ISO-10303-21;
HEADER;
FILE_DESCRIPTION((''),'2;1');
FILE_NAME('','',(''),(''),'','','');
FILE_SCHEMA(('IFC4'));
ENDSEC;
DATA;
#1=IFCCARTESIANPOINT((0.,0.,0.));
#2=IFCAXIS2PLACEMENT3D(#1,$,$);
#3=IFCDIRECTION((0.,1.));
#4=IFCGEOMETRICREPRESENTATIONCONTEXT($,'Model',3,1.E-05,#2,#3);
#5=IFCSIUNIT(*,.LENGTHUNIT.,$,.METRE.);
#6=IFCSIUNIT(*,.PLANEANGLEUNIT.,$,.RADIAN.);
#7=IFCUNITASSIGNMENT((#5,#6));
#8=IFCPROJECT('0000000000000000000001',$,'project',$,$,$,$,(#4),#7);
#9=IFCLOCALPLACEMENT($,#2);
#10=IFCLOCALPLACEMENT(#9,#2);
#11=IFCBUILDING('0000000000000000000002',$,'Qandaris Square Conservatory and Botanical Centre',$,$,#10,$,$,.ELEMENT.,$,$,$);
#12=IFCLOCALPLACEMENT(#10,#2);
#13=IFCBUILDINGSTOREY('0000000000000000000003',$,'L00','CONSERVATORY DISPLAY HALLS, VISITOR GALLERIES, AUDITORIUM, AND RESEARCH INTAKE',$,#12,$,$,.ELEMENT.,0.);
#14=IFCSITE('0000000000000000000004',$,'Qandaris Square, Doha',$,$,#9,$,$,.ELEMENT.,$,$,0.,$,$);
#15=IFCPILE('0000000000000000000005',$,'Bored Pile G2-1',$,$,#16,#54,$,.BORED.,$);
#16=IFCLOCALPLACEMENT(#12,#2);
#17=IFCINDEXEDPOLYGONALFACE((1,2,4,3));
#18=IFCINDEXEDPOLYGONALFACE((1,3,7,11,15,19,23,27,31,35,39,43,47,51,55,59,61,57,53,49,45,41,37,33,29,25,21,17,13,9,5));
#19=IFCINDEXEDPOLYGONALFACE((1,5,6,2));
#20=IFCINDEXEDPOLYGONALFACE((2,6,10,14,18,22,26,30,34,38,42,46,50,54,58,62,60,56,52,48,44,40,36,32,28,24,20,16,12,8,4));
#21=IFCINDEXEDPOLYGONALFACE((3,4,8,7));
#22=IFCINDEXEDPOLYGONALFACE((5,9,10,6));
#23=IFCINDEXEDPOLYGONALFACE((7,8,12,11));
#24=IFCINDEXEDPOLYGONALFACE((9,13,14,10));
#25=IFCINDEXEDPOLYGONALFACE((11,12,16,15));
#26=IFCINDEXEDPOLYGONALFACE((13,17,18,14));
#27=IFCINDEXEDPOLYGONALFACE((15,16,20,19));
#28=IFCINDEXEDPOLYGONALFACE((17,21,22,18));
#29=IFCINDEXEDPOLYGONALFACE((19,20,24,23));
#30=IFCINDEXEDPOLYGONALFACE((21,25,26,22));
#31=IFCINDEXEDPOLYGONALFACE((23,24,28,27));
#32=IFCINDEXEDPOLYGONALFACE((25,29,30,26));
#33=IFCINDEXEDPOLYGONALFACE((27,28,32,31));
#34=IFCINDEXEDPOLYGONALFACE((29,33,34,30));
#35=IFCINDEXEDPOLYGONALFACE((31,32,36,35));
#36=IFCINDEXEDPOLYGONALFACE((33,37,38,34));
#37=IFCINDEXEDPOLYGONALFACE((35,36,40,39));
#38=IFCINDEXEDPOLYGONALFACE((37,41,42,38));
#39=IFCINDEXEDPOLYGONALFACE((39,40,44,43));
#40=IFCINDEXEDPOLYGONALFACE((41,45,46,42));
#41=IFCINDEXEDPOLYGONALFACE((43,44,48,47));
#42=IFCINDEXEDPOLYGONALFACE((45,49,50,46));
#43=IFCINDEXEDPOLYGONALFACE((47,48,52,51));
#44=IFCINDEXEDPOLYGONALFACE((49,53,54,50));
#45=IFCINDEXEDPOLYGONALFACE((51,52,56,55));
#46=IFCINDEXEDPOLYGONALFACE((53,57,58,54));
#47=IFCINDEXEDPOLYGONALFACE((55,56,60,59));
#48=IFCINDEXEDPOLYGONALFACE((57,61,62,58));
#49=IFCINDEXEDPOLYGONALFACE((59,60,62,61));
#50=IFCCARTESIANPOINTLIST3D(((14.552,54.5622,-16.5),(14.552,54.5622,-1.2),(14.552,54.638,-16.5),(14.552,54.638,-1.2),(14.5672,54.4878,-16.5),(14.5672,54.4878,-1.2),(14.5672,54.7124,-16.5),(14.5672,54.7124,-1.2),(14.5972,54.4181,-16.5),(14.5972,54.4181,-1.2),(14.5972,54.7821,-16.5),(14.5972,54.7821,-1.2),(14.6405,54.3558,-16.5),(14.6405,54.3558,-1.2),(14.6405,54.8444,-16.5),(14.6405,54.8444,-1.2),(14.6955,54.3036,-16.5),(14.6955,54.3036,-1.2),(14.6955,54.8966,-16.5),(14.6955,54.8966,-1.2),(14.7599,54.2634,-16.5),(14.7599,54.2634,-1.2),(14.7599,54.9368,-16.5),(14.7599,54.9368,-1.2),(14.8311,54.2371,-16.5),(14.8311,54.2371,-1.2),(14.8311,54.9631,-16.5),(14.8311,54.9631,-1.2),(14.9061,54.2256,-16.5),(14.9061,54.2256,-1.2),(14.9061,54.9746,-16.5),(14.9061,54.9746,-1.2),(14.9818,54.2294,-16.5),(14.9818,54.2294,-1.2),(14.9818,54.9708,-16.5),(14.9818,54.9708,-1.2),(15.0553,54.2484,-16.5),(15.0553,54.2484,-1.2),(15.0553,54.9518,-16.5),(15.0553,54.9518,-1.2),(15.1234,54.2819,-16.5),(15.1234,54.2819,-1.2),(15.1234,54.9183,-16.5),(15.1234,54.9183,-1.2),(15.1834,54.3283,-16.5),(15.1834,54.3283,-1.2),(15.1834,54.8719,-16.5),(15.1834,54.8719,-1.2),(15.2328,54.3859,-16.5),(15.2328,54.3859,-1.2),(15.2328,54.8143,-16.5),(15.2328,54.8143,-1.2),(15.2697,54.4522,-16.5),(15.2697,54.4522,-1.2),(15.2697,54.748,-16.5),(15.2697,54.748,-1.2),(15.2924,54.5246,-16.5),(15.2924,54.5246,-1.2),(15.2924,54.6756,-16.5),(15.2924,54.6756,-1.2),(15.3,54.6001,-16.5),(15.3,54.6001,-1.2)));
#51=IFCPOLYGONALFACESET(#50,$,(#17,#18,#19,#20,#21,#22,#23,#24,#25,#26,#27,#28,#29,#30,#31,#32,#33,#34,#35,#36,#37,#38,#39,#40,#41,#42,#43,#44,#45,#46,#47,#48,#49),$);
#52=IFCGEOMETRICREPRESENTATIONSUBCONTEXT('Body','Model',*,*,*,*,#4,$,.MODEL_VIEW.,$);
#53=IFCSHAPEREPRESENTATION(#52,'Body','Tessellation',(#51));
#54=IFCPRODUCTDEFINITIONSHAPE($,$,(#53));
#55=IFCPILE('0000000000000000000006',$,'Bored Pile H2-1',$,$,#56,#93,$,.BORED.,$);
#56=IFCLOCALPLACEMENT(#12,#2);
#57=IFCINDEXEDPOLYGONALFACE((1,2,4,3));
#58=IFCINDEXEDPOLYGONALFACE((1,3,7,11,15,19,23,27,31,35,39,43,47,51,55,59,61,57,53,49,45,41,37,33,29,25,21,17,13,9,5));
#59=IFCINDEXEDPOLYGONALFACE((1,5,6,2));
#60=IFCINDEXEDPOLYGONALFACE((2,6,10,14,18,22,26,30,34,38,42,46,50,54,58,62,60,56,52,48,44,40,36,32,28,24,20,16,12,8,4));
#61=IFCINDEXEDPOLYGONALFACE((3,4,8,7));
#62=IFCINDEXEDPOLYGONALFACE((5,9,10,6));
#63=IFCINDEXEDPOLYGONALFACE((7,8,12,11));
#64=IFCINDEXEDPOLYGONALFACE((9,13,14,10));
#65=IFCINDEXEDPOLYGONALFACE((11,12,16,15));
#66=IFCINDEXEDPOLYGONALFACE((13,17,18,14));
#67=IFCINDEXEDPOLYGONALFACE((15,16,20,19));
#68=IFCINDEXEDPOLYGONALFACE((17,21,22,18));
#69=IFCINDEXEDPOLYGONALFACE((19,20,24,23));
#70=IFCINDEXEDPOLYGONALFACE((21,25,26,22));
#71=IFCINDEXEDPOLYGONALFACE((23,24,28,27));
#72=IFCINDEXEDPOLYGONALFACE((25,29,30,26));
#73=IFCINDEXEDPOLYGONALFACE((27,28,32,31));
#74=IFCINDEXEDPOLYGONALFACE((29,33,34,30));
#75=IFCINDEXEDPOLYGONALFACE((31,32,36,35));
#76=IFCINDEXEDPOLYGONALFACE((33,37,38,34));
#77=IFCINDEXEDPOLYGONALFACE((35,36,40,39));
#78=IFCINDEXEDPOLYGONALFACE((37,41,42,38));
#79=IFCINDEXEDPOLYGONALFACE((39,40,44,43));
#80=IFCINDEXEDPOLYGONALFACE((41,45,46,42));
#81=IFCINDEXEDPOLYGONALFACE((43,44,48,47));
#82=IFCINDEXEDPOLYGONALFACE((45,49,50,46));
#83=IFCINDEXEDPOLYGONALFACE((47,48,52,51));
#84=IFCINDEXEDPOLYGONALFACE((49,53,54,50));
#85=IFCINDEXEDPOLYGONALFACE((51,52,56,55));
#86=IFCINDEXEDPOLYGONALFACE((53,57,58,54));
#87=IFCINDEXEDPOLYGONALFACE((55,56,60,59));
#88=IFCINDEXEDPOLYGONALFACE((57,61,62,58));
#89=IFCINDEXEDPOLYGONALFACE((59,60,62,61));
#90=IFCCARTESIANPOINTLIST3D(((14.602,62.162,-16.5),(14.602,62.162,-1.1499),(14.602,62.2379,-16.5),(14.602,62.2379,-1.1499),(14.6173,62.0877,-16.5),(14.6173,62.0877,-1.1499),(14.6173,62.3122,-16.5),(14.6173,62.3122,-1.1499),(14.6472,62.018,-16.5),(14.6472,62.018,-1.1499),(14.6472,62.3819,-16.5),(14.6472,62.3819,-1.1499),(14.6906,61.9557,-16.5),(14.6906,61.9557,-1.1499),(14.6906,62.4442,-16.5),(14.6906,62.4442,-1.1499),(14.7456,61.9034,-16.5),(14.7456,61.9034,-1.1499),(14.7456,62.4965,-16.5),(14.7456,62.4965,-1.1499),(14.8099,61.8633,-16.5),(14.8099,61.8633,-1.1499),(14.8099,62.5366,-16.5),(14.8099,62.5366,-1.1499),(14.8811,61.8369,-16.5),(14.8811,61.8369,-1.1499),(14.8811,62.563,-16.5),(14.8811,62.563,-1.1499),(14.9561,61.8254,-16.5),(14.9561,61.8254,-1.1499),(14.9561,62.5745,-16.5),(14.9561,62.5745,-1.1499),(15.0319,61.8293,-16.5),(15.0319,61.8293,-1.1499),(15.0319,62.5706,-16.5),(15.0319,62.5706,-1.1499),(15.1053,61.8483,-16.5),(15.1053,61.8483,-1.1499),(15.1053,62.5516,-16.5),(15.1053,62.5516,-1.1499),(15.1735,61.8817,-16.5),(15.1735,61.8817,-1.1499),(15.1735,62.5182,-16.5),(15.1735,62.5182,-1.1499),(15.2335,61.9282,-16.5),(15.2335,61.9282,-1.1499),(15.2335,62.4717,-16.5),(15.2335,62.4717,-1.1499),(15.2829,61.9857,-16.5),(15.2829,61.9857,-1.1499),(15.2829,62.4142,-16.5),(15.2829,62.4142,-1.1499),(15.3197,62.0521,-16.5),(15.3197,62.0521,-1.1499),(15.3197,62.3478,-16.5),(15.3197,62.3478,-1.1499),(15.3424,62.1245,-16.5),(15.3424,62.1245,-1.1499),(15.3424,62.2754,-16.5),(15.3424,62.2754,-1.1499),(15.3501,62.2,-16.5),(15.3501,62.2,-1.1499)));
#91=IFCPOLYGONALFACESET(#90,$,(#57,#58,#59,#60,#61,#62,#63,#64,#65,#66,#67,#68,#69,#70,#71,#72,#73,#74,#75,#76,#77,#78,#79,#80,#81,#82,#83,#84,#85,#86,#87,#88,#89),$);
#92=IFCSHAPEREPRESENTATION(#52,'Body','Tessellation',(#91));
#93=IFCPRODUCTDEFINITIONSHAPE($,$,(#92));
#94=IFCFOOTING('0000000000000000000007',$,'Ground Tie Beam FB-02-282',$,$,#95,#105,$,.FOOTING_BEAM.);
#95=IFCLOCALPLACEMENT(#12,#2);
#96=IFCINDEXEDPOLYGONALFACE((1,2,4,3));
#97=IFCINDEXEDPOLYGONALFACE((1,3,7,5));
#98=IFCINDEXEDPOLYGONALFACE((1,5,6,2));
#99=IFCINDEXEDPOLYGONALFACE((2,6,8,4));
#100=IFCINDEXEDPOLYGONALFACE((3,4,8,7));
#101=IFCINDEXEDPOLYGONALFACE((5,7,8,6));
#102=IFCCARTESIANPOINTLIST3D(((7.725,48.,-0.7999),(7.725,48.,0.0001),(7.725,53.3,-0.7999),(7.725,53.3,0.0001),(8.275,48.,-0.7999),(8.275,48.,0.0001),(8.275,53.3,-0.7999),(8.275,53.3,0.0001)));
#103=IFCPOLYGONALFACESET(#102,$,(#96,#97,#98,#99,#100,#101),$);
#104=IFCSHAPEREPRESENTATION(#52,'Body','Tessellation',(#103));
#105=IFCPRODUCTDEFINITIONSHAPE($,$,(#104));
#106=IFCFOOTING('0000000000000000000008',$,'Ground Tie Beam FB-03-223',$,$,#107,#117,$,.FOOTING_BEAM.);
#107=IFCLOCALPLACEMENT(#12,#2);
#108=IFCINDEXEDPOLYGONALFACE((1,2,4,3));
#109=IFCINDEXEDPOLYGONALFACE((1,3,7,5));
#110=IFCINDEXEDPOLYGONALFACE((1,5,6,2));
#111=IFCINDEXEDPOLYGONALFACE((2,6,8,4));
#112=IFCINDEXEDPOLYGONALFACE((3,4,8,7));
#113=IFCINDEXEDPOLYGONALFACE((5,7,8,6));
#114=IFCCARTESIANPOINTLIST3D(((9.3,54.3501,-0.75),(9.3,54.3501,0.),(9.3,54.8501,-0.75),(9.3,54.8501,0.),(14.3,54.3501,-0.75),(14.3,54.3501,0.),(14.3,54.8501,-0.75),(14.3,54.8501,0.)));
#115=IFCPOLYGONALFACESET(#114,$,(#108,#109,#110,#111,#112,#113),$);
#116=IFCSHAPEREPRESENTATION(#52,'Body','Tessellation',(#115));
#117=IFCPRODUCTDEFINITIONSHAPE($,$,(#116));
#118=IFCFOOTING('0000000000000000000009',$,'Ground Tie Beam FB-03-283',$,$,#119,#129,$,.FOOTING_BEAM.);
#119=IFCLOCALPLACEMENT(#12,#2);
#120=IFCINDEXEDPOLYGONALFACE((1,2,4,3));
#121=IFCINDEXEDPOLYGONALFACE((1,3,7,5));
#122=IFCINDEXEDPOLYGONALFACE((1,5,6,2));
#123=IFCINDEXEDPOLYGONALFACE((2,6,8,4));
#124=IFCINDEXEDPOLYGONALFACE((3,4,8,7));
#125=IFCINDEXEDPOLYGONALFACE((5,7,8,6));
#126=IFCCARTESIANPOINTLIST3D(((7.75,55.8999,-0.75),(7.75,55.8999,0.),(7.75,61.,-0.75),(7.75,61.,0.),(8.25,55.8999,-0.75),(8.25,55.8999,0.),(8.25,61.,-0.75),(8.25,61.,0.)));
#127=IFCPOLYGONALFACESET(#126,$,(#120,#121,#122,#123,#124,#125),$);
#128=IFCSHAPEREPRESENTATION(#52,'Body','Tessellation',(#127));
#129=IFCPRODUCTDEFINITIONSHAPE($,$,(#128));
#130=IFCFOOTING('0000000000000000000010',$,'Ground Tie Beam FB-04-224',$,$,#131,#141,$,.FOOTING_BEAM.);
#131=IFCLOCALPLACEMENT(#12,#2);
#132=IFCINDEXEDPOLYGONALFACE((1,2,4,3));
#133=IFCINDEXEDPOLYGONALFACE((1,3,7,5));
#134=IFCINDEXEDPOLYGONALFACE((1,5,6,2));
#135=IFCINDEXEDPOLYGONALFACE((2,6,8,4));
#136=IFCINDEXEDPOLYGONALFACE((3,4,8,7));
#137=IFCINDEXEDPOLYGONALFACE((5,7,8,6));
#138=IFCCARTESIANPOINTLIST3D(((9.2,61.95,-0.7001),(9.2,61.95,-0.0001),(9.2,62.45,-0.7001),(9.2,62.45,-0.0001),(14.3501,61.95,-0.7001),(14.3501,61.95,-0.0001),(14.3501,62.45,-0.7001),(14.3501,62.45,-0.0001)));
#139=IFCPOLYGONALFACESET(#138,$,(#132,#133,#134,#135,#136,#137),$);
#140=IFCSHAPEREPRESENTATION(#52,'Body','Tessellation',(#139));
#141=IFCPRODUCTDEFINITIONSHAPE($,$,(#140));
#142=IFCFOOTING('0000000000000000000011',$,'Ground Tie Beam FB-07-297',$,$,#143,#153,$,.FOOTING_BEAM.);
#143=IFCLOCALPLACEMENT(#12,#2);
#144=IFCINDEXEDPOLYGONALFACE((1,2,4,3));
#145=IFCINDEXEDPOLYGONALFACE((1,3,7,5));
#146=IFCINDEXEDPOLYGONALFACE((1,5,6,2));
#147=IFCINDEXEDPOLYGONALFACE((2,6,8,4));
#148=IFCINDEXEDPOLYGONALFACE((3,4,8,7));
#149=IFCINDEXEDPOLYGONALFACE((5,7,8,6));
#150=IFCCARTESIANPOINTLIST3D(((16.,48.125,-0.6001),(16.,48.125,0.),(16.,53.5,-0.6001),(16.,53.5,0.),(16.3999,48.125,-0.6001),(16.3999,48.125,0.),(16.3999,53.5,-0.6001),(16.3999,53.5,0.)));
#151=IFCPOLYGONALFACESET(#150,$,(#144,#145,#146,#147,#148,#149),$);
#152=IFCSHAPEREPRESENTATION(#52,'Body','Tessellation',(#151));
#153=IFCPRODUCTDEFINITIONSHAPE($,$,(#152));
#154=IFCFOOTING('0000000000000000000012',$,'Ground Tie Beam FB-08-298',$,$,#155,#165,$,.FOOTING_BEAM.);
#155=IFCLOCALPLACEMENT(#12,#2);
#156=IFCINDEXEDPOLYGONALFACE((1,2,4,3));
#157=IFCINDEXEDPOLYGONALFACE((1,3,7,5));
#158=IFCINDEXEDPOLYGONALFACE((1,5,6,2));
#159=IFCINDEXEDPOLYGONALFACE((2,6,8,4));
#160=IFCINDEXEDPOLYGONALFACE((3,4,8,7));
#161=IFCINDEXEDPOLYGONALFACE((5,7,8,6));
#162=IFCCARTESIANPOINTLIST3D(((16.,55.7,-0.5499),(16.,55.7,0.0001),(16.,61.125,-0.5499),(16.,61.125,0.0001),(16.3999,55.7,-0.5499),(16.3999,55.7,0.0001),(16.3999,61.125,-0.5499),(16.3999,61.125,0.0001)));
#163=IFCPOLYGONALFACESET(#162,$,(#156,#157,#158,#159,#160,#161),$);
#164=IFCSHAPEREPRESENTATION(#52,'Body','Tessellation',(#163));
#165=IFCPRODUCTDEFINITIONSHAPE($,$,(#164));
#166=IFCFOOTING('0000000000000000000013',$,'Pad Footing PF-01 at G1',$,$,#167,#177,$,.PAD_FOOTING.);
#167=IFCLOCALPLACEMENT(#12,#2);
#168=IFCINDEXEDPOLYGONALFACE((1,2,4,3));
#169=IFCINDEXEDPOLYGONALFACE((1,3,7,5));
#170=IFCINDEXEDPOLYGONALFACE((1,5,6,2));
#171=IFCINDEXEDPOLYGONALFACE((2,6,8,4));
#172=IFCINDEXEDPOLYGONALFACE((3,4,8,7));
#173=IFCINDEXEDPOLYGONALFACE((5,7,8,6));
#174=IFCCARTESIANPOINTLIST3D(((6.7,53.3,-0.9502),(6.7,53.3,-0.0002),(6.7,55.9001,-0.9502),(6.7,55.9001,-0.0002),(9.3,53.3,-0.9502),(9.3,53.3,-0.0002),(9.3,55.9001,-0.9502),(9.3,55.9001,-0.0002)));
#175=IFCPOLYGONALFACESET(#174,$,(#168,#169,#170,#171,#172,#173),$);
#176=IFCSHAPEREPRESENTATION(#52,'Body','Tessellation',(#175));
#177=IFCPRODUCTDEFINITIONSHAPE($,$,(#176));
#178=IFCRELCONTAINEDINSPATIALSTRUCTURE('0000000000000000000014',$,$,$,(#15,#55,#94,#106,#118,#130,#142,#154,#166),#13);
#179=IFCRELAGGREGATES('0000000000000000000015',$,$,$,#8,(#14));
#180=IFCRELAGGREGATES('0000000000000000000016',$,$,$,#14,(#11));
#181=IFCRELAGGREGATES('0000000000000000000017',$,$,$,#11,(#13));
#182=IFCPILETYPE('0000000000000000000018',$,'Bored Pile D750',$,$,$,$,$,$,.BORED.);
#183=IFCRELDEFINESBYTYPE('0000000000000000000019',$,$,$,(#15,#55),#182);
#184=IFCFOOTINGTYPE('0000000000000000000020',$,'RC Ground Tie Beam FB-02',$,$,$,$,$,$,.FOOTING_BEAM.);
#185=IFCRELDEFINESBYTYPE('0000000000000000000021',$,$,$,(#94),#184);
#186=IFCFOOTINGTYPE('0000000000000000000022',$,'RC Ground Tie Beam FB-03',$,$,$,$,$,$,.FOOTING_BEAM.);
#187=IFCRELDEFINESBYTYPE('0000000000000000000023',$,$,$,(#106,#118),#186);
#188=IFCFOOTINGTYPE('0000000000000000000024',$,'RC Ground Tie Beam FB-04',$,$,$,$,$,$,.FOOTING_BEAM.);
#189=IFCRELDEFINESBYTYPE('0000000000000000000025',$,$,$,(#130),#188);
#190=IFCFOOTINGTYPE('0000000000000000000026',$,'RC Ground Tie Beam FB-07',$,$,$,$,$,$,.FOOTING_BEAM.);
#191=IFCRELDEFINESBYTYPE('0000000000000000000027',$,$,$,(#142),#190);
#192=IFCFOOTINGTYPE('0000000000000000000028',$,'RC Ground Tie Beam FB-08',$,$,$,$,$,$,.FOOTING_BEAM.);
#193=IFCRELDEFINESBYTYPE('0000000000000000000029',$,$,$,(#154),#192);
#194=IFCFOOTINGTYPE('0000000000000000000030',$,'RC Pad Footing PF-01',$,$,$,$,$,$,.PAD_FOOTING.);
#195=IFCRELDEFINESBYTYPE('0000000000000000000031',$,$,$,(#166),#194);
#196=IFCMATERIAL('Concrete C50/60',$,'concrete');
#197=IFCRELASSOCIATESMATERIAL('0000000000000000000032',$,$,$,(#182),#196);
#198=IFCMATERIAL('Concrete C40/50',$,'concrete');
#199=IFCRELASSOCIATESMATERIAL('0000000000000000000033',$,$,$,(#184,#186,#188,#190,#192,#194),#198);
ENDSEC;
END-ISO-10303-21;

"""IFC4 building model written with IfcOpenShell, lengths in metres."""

from ifc_helpers import new_model, si_unit, direction, frame, origin, origin_2d, place, context, subcontext, project, spatial, rectangle, circle, extrude, material, material_profile, profile_set, type_object, element, save


model = new_model("IFC4")

# Units and contexts
model_context = context("Model", 3, precision=1e-05, world=origin(), true_north=direction((0.0, 1.0)))
body_context = subcontext(model_context, "Body", "Model", "MODEL_VIEW")
ifc_project = project(units=[si_unit("LENGTHUNIT", "METRE"), si_unit("PLANEANGLEUNIT", "RADIAN")], contexts=[model_context])

# Site, building, storey
site_placement = place(None, origin())
site = spatial("IfcSite", under=ifc_project, at=site_placement, Name="Qandaris Square, Doha", CompositionType="ELEMENT", RefElevation=0.0)
building_placement = place(site_placement, origin())
building = spatial("IfcBuilding", under=site, at=building_placement, Name="Qandaris Square Conservatory and Botanical Centre", CompositionType="ELEMENT")
storey_placement = place(building_placement, origin())
storey = spatial("IfcBuildingStorey", under=building, at=storey_placement, Name="L00", Description="CONSERVATORY DISPLAY HALLS, VISITOR GALLERIES, AUDITORIUM, AND RESEARCH INTAKE", CompositionType="ELEMENT", Elevation=0.0)

# Piles
ifc_material_1 = material(Name="Concrete C50/60", Category="concrete")
ifc_material_profile_1 = material_profile(ifc_material_1, circle(Radius=0.375, at=origin_2d()), Name="PILE D750")
ifc_profile_set_1 = profile_set([ifc_material_profile_1], Name="Concrete C50/60")
pile_type = type_object("IfcPileType", Name="Bored Pile D750", PredefinedType="BORED", material=ifc_profile_set_1)
pile_1_placement = place(storey_placement, frame((14.925, 54.6001, -1.2), z_axis=(0.0, 0.0, -1.0), x_axis=(1.0, 0.0, 0.0)))
element("IfcPile", 1, at=pile_1_placement, inside=storey, type_object=pile_type, Name="Bored Pile G2-1", PredefinedType="BORED", context=body_context, shape_type="SweptSolid", body=[
    extrude(circle(Radius=0.375, at=origin_2d()), origin(), (0.0, 0.0, 1.0), 15.3),
])
pile_2_placement = place(storey_placement, frame((14.9751, 62.2, -1.1499), z_axis=(0.0, 0.0, -1.0), x_axis=(1.0, 0.0, 0.0)))
element("IfcPile", 2, at=pile_2_placement, inside=storey, type_object=pile_type, Name="Bored Pile H2-1", PredefinedType="BORED", context=body_context, shape_type="SweptSolid", body=[
    extrude(circle(Radius=0.375, at=origin_2d()), origin(), (0.0, 0.0, 1.0), 15.3501),
])

# Footings
ifc_material_2 = material(Name="Concrete C40/50", Category="concrete")
ifc_material_profile_2 = material_profile(ifc_material_2, rectangle(XDim=0.55, YDim=0.8, at=origin_2d()), Name="FB 550x800")
ifc_profile_set_2 = profile_set([ifc_material_profile_2], Name="Concrete C40/50")
footing_type_1 = type_object("IfcFootingType", Name="RC Ground Tie Beam FB-02", PredefinedType="FOOTING_BEAM", material=ifc_profile_set_2)
footing_1_placement = place(storey_placement, frame((8.0, 48.0, -0.3999), z_axis=(0.0, 1.0, 0.0), x_axis=(-1.0, 0.0, 0.0)))
element("IfcFooting", 3, at=footing_1_placement, inside=storey, type_object=footing_type_1, Name="Ground Tie Beam FB-02-282", PredefinedType="FOOTING_BEAM", context=body_context, shape_type="SweptSolid", body=[
    extrude(rectangle(XDim=0.55, YDim=0.8, at=origin_2d()), origin(), (0.0, 0.0, 1.0), 5.3),
])
ifc_material_profile_3 = material_profile(ifc_material_2, rectangle(XDim=0.5, YDim=0.75, at=origin_2d()), Name="FB 500x750")
ifc_profile_set_3 = profile_set([ifc_material_profile_3], Name="Concrete C40/50")
footing_type_2 = type_object("IfcFootingType", Name="RC Ground Tie Beam FB-03", PredefinedType="FOOTING_BEAM", material=ifc_profile_set_3)
footing_2_placement = place(storey_placement, frame((9.3, 54.6001, -0.375), z_axis=(1.0, 0.0, 0.0), x_axis=(0.0, 1.0, 0.0)))
element("IfcFooting", 4, at=footing_2_placement, inside=storey, type_object=footing_type_2, Name="Ground Tie Beam FB-03-223", PredefinedType="FOOTING_BEAM", context=body_context, shape_type="SweptSolid", body=[
    extrude(rectangle(XDim=0.5, YDim=0.75, at=origin_2d()), origin(), (0.0, 0.0, 1.0), 5.0),
])
footing_3_placement = place(storey_placement, frame((8.0, 55.8999, -0.375), z_axis=(0.0, 1.0, 0.0), x_axis=(-1.0, 0.0, 0.0)))
element("IfcFooting", 5, at=footing_3_placement, inside=storey, type_object=footing_type_2, Name="Ground Tie Beam FB-03-283", PredefinedType="FOOTING_BEAM", context=body_context, shape_type="SweptSolid", body=[
    extrude(rectangle(XDim=0.5, YDim=0.75, at=origin_2d()), origin(), (0.0, 0.0, 1.0), 5.1001),
])
ifc_material_profile_4 = material_profile(ifc_material_2, rectangle(XDim=0.5, YDim=0.7, at=origin_2d()), Name="FB 500x700")
ifc_profile_set_4 = profile_set([ifc_material_profile_4], Name="Concrete C40/50")
footing_type_3 = type_object("IfcFootingType", Name="RC Ground Tie Beam FB-04", PredefinedType="FOOTING_BEAM", material=ifc_profile_set_4)
footing_4_placement = place(storey_placement, frame((9.2, 62.2, -0.3501), z_axis=(1.0, 0.0, 0.0), x_axis=(0.0, 1.0, 0.0)))
element("IfcFooting", 6, at=footing_4_placement, inside=storey, type_object=footing_type_3, Name="Ground Tie Beam FB-04-224", PredefinedType="FOOTING_BEAM", context=body_context, shape_type="SweptSolid", body=[
    extrude(rectangle(XDim=0.5, YDim=0.7, at=origin_2d()), origin(), (0.0, 0.0, 1.0), 5.1501),
])
ifc_material_profile_5 = material_profile(ifc_material_2, rectangle(XDim=0.3999, YDim=0.6001, at=origin_2d()), Name="FB 400x600")
ifc_profile_set_5 = profile_set([ifc_material_profile_5], Name="Concrete C40/50")
footing_type_4 = type_object("IfcFootingType", Name="RC Ground Tie Beam FB-07", PredefinedType="FOOTING_BEAM", material=ifc_profile_set_5)
footing_5_placement = place(storey_placement, frame((16.2, 48.125, -0.3), z_axis=(0.0, 1.0, 0.0), x_axis=(-1.0, 0.0, 0.0)))
element("IfcFooting", 7, at=footing_5_placement, inside=storey, type_object=footing_type_4, Name="Ground Tie Beam FB-07-297", PredefinedType="FOOTING_BEAM", context=body_context, shape_type="SweptSolid", body=[
    extrude(rectangle(XDim=0.3999, YDim=0.6001, at=origin_2d()), origin(), (0.0, 0.0, 1.0), 5.375),
])
ifc_material_profile_6 = material_profile(ifc_material_2, rectangle(XDim=0.3999, YDim=0.55, at=origin_2d()), Name="FB 400x550")
ifc_profile_set_6 = profile_set([ifc_material_profile_6], Name="Concrete C40/50")
footing_type_5 = type_object("IfcFootingType", Name="RC Ground Tie Beam FB-08", PredefinedType="FOOTING_BEAM", material=ifc_profile_set_6)
footing_6_placement = place(storey_placement, frame((16.2, 55.7, -0.2749), z_axis=(0.0, 1.0, 0.0), x_axis=(-1.0, 0.0, 0.0)))
element("IfcFooting", 8, at=footing_6_placement, inside=storey, type_object=footing_type_5, Name="Ground Tie Beam FB-08-298", PredefinedType="FOOTING_BEAM", context=body_context, shape_type="SweptSolid", body=[
    extrude(rectangle(XDim=0.3999, YDim=0.55, at=origin_2d()), origin(), (0.0, 0.0, 1.0), 5.425),
])
footing_type_6 = type_object("IfcFootingType", Name="RC Pad Footing PF-01", PredefinedType="PAD_FOOTING", material=ifc_material_2)
footing_7_placement = place(storey_placement, frame((8.0, 54.6001, -0.9502), z_axis=(0.0, 0.0, 1.0), x_axis=(1.0, 0.0, 0.0)))
element("IfcFooting", 9, at=footing_7_placement, inside=storey, type_object=footing_type_6, Name="Pad Footing PF-01 at G1", PredefinedType="PAD_FOOTING", context=body_context, shape_type="SweptSolid", body=[
    extrude(rectangle(XDim=2.6001, YDim=2.6001, at=origin_2d()), origin(), (0.0, 0.0, 1.0), 0.95),
])

save(model, "model.ifc")
